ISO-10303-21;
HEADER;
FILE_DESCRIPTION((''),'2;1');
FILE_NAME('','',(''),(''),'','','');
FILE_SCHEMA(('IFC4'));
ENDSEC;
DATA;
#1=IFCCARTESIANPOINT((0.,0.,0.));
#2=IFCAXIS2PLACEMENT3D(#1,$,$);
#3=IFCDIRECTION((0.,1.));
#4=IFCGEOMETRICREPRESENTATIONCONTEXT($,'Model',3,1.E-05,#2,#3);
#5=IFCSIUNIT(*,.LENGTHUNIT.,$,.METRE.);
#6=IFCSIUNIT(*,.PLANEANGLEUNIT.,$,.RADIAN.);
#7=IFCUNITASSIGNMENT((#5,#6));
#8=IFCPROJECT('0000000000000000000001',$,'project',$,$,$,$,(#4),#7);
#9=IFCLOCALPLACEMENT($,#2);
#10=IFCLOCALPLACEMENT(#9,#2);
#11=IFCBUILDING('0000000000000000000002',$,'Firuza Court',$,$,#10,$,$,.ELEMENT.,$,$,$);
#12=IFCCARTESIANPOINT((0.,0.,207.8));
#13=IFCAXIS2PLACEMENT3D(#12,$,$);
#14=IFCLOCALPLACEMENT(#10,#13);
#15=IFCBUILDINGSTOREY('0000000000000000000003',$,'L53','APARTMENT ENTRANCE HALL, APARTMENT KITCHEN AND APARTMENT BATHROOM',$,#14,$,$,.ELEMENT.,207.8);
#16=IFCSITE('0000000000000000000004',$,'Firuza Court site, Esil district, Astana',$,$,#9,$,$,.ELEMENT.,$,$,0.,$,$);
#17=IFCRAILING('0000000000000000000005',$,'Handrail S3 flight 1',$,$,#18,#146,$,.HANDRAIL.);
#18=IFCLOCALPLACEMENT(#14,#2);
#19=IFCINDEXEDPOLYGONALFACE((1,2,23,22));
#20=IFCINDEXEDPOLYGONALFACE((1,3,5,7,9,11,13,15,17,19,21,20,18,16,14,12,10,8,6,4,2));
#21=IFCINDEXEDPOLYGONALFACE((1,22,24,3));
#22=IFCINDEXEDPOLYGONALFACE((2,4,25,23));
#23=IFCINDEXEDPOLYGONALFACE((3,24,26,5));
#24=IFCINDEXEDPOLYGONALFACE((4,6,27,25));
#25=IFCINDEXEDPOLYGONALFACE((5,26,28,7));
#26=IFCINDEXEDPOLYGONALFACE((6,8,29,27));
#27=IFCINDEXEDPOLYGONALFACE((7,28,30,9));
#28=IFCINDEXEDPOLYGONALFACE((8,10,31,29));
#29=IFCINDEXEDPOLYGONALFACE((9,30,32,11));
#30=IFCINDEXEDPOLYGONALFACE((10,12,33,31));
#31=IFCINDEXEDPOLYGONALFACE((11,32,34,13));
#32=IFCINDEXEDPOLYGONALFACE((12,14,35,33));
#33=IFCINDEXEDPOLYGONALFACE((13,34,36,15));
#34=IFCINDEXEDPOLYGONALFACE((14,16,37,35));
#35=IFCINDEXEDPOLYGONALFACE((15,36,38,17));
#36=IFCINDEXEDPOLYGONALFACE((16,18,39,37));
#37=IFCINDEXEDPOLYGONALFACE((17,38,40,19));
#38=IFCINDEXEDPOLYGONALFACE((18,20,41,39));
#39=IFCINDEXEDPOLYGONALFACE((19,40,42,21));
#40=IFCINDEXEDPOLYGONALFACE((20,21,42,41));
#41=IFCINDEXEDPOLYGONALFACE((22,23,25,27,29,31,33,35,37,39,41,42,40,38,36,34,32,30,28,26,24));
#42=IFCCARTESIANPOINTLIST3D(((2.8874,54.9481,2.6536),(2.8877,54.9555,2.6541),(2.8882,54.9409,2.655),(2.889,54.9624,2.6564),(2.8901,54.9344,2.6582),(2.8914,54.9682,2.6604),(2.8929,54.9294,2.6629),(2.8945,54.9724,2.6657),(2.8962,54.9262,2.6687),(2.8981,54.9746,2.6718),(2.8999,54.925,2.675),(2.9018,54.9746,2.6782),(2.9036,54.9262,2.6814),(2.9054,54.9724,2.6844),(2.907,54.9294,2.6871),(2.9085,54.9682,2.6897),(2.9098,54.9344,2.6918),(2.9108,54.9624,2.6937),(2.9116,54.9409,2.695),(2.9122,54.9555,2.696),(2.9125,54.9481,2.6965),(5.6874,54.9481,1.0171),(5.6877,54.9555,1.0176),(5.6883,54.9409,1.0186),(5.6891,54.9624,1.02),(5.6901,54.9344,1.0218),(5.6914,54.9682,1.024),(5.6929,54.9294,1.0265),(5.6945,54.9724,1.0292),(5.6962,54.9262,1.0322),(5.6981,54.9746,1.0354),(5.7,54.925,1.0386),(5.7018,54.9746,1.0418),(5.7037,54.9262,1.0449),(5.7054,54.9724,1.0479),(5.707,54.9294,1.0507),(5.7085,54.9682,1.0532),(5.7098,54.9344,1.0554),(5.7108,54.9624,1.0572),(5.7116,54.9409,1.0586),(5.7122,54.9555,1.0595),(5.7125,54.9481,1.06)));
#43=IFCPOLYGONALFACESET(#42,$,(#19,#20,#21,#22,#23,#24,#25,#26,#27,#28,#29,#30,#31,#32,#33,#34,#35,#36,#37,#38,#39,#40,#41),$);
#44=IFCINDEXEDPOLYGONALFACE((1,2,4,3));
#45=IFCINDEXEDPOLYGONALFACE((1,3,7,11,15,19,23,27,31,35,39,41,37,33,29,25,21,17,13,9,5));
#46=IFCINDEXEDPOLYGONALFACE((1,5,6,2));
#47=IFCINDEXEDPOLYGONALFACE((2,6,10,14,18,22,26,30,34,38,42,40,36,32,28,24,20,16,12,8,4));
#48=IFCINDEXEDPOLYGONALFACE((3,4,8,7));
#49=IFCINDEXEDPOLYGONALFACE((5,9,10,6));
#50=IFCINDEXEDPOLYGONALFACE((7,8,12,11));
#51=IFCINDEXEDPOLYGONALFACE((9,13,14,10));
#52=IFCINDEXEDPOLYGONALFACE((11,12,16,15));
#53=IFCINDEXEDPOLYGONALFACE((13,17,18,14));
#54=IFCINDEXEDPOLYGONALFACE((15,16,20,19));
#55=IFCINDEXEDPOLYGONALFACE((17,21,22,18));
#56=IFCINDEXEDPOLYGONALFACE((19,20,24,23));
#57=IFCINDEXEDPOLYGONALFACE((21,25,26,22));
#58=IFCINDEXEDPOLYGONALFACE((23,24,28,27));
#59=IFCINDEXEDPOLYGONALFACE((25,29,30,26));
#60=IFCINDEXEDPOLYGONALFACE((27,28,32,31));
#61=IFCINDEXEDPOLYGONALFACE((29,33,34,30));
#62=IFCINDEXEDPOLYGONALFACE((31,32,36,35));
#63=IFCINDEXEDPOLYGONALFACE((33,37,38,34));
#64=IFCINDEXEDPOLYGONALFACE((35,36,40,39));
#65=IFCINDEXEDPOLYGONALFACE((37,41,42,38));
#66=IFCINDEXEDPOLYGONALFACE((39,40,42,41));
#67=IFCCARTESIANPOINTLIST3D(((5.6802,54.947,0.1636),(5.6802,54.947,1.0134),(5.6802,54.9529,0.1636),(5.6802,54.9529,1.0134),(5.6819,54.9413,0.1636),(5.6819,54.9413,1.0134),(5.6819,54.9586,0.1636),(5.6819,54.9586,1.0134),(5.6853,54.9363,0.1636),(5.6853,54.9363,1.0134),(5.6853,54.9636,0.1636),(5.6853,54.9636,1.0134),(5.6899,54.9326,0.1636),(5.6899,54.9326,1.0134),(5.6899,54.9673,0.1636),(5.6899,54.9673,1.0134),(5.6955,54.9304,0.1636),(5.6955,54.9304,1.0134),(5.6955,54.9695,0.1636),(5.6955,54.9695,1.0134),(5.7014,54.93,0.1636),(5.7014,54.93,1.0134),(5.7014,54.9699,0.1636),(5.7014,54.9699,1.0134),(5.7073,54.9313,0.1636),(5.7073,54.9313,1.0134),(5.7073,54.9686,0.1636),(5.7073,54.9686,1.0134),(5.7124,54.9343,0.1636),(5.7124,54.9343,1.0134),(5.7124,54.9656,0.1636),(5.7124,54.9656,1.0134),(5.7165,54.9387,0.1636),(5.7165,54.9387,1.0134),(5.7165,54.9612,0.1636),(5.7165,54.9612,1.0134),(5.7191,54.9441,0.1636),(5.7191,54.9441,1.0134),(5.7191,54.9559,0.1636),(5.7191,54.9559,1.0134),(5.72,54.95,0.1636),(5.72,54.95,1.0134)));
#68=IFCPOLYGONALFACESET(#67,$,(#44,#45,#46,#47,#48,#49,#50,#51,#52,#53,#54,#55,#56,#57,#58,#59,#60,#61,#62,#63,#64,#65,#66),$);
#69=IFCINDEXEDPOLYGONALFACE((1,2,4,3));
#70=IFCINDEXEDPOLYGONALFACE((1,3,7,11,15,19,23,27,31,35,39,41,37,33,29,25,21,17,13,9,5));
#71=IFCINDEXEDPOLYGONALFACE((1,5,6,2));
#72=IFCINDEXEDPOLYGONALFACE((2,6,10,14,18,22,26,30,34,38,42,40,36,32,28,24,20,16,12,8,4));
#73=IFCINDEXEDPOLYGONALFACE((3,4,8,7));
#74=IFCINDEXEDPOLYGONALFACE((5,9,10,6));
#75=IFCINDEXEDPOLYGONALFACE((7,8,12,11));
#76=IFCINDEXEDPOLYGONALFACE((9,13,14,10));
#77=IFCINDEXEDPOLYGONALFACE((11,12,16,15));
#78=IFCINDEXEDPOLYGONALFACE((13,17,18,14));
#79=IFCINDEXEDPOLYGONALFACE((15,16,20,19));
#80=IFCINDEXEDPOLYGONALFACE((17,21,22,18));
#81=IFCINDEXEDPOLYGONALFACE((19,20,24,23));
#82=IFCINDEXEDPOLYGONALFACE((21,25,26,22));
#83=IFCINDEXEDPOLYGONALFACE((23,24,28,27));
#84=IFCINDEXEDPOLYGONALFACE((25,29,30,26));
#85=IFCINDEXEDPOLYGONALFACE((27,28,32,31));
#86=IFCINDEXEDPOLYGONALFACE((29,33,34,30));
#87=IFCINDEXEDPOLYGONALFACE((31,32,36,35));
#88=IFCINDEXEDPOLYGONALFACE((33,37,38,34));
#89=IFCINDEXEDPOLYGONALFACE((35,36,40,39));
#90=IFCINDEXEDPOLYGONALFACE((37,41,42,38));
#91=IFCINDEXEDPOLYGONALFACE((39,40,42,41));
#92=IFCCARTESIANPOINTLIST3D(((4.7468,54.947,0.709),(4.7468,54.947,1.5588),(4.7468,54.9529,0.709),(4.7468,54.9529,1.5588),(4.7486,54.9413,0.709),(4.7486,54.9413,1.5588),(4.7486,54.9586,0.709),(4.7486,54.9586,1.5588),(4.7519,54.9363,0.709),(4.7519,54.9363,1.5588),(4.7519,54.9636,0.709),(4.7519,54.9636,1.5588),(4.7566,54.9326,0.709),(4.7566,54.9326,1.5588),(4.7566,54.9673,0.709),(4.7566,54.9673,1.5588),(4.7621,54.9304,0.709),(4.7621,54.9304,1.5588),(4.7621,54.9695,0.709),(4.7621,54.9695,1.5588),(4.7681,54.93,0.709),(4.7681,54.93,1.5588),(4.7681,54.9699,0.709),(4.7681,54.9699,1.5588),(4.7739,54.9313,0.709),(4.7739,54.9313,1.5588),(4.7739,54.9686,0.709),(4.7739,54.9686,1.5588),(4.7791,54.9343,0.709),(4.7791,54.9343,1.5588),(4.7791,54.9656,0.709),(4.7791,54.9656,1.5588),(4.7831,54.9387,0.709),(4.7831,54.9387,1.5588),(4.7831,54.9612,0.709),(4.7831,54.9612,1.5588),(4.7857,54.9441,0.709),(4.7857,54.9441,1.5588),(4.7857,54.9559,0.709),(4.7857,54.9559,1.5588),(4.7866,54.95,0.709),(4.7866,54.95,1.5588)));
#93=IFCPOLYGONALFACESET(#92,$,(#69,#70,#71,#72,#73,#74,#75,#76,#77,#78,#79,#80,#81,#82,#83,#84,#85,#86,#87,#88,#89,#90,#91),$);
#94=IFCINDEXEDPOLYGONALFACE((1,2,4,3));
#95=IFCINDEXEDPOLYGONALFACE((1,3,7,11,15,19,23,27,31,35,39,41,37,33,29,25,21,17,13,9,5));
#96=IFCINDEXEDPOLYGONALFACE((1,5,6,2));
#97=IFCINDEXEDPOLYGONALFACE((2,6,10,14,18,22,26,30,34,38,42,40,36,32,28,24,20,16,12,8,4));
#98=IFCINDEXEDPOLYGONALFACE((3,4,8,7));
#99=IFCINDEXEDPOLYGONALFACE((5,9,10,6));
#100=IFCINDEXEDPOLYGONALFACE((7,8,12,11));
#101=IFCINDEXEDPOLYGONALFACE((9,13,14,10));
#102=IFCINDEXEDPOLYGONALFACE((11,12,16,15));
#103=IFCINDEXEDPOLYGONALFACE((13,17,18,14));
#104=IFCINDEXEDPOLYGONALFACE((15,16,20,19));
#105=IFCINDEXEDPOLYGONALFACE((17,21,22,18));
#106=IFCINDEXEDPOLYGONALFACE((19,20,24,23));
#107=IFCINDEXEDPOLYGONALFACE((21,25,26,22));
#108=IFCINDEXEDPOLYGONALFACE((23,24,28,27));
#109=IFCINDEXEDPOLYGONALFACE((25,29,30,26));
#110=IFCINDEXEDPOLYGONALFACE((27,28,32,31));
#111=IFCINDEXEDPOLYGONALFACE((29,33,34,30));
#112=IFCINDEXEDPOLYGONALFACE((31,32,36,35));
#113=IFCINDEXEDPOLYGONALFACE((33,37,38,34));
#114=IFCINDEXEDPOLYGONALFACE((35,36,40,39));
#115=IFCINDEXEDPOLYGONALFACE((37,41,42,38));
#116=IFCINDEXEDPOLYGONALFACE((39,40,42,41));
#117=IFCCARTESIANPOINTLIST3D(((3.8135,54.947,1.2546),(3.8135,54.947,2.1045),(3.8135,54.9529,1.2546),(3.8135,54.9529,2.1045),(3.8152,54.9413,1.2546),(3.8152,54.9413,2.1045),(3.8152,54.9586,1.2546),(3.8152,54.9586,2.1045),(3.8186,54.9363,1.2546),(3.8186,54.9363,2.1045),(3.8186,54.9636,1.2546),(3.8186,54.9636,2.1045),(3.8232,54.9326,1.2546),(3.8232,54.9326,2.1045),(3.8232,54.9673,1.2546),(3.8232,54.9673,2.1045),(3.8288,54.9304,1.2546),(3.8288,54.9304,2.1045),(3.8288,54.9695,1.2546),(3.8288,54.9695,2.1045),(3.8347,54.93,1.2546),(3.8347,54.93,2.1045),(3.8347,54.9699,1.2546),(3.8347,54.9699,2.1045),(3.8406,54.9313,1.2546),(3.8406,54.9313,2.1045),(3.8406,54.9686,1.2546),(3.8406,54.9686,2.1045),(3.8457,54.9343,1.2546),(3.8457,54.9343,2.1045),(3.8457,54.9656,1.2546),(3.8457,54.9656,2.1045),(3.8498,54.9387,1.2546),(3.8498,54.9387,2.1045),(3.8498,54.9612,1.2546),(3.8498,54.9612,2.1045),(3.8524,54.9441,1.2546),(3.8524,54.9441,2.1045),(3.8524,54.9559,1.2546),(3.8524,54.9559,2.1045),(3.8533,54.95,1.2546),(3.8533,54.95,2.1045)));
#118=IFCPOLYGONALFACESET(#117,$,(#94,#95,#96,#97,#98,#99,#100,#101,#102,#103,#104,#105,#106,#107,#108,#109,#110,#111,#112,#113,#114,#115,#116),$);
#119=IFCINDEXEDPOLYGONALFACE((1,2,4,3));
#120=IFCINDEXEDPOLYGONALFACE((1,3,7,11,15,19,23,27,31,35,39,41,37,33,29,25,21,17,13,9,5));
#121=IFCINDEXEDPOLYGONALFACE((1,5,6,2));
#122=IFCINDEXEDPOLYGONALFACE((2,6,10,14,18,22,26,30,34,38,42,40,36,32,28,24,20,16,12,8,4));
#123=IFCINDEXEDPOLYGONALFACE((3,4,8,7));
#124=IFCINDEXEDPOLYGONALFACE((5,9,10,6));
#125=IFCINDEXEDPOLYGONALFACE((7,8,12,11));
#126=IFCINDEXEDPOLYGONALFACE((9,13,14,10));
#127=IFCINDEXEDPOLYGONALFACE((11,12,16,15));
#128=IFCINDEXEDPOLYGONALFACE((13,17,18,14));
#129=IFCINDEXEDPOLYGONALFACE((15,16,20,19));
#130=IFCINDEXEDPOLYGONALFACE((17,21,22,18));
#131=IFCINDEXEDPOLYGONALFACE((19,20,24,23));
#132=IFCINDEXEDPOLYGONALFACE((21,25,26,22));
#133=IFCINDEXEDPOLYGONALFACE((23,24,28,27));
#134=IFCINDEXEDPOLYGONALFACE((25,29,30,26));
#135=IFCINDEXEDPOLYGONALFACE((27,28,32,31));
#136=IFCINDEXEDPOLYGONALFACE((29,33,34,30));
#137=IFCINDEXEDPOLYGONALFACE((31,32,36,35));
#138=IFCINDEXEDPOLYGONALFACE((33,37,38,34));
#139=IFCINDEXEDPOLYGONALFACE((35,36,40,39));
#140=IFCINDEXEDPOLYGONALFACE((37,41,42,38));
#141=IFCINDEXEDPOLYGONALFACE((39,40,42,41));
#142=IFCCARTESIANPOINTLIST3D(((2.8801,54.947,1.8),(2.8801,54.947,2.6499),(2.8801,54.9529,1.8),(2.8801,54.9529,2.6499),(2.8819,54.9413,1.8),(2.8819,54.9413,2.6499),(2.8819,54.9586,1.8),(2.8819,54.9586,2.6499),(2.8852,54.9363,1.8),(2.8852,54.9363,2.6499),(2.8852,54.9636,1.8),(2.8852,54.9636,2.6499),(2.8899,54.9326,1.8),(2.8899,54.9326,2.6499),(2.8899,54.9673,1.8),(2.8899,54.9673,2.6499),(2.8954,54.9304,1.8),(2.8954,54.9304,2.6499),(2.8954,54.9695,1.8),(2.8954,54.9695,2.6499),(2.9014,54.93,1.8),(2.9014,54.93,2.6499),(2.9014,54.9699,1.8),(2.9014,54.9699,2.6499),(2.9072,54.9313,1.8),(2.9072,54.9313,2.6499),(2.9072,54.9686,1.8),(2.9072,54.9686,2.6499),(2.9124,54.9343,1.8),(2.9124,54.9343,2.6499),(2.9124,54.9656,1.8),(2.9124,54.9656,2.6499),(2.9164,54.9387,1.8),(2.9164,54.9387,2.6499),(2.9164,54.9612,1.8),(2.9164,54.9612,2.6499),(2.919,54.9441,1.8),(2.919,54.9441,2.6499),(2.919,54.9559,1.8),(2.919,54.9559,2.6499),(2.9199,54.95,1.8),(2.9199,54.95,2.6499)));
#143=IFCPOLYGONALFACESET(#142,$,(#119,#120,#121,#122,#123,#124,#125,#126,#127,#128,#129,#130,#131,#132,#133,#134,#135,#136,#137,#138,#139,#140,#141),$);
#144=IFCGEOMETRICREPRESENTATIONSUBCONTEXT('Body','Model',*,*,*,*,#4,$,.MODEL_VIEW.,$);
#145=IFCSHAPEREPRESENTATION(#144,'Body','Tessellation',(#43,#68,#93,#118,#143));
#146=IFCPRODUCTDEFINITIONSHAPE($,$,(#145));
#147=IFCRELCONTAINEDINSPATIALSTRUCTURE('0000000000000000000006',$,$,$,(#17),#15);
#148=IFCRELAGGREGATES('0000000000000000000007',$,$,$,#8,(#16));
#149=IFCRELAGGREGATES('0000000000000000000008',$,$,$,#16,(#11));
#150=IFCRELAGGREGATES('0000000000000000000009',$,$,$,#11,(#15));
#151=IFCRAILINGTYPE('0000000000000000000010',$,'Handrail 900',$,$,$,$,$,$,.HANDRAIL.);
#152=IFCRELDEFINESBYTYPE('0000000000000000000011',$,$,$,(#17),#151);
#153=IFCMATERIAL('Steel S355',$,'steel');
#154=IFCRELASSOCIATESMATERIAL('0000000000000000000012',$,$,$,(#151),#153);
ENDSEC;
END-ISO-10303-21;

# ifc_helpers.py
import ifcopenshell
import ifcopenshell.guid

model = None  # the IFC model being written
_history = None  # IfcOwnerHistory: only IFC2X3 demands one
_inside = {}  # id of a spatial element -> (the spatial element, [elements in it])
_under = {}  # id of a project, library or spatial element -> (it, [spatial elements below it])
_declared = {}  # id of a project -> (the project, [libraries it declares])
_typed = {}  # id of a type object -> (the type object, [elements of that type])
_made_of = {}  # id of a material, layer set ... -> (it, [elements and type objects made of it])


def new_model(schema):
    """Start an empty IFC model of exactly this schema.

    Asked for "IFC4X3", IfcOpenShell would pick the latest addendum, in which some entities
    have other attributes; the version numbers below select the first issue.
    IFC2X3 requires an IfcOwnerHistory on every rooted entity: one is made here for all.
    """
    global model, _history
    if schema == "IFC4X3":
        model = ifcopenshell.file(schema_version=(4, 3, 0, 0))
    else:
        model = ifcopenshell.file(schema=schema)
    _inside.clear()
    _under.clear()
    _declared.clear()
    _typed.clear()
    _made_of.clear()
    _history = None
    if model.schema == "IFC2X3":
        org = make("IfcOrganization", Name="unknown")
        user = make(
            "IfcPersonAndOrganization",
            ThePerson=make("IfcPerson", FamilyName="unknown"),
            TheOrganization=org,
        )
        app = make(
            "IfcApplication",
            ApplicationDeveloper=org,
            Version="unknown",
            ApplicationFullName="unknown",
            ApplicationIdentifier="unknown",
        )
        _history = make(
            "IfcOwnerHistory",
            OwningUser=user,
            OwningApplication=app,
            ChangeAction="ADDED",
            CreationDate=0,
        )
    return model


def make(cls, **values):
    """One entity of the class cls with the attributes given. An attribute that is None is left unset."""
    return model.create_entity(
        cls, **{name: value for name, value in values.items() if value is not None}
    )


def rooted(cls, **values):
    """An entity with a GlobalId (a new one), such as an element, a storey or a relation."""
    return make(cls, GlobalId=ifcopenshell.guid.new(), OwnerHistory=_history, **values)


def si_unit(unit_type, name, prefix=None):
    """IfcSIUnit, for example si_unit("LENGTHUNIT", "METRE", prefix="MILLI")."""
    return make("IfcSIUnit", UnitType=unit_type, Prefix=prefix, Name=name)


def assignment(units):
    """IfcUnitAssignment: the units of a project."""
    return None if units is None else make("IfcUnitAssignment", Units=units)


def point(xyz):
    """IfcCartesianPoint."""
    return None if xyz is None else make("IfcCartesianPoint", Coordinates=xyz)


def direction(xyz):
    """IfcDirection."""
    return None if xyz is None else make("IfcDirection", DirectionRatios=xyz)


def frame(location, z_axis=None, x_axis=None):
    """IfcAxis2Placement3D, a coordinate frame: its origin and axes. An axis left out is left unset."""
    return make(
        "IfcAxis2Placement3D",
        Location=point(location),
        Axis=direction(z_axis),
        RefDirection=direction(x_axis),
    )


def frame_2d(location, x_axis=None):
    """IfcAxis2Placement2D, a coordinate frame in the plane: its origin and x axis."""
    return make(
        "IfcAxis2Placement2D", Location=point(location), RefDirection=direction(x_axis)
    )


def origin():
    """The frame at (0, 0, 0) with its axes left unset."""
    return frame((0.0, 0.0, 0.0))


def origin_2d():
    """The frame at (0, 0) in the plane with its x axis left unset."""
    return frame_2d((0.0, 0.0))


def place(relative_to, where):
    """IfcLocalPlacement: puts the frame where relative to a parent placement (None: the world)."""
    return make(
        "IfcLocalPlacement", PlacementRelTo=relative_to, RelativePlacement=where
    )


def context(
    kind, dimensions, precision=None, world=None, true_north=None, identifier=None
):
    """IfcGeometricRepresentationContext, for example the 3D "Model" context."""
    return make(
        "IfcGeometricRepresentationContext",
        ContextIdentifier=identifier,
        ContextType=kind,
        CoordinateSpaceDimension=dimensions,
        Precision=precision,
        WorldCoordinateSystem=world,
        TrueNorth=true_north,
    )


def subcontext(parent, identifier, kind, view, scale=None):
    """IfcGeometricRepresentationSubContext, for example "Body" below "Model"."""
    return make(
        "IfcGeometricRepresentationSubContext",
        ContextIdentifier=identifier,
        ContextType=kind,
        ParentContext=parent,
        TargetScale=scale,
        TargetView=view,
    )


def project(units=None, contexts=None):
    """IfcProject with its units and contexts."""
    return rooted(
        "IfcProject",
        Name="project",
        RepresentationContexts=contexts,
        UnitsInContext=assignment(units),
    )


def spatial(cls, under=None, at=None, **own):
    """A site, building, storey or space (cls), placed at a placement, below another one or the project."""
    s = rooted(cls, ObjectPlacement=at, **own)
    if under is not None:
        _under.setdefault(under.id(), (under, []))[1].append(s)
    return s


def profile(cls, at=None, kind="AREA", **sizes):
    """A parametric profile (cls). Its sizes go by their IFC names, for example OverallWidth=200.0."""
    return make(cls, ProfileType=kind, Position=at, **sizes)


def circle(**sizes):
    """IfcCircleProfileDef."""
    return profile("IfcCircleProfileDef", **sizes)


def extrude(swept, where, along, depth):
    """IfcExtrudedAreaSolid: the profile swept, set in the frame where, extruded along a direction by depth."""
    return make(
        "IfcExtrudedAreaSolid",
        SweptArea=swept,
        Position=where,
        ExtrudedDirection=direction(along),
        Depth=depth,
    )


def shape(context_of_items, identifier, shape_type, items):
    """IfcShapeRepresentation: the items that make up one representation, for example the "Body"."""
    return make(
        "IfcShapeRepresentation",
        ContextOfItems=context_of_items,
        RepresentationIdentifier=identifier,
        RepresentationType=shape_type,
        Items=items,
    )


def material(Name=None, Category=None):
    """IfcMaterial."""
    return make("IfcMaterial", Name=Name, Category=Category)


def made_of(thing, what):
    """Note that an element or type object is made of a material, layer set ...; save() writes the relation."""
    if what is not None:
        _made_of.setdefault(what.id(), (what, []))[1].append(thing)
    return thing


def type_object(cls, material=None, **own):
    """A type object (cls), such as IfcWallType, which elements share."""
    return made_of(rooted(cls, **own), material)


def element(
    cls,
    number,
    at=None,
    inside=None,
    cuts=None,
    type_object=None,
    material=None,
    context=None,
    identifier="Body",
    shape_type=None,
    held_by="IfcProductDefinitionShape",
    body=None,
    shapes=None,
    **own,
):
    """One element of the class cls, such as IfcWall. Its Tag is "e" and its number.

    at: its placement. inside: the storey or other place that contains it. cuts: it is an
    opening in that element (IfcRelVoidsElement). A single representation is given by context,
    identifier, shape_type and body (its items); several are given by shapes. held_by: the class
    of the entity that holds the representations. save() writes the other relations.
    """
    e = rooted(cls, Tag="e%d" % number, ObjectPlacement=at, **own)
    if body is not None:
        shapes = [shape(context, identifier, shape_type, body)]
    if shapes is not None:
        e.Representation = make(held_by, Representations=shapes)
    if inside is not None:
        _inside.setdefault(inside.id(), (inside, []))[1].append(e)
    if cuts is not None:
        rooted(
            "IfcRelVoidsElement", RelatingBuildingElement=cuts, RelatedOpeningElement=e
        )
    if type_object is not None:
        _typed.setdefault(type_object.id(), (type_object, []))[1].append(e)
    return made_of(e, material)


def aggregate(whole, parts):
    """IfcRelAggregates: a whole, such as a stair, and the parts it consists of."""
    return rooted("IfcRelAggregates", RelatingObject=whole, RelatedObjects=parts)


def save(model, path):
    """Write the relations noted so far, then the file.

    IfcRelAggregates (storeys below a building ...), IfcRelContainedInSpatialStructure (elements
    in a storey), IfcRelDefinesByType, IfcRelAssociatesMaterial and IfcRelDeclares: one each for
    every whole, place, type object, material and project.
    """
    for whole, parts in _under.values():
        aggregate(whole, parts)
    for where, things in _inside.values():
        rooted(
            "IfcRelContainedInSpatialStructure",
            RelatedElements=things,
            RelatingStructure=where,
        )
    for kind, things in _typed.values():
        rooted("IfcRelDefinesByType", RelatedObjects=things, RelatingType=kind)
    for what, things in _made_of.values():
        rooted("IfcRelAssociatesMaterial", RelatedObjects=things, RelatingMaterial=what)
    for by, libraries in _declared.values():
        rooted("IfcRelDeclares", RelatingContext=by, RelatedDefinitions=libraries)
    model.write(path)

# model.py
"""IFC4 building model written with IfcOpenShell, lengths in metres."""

from ifc_helpers import new_model, si_unit, direction, frame, origin, origin_2d, place, context, subcontext, project, spatial, circle, extrude, material, type_object, element, save


model = new_model("IFC4")

# Units and contexts
model_context = context("Model", 3, precision=1e-05, world=origin(), true_north=direction((0.0, 1.0)))
body_context = subcontext(model_context, "Body", "Model", "MODEL_VIEW")
ifc_project = project(units=[si_unit("LENGTHUNIT", "METRE"), si_unit("PLANEANGLEUNIT", "RADIAN")], contexts=[model_context])

# Site, building, storey
site_placement = place(None, origin())
site = spatial("IfcSite", under=ifc_project, at=site_placement, Name="Firuza Court site, Esil district, Astana", CompositionType="ELEMENT", RefElevation=0.0)
building_placement = place(site_placement, origin())
building = spatial("IfcBuilding", under=site, at=building_placement, Name="Firuza Court", CompositionType="ELEMENT")
storey_placement = place(building_placement, frame((0.0, 0.0, 207.8)))
storey = spatial("IfcBuildingStorey", under=building, at=storey_placement, Name="L53", Description="APARTMENT ENTRANCE HALL, APARTMENT KITCHEN AND APARTMENT BATHROOM", CompositionType="ELEMENT", Elevation=207.8)

# Railing
ifc_material_1 = material(Name="Steel S355", Category="steel")
railing_type_1 = type_object("IfcRailingType", Name="Handrail 900", PredefinedType="HANDRAIL", material=ifc_material_1)
railing_1_placement = place(storey_placement, frame((5.7, 54.95, 0.1636)))
element("IfcRailing", 1, at=railing_1_placement, inside=storey, type_object=railing_type_1, Name="Handrail S3 flight 1", PredefinedType="HANDRAIL", context=body_context, shape_type="SweptSolid", body=[
    extrude(circle(Radius=0.0249, at=origin_2d()), frame((0.0, 0.0, 0.875), z_axis=(-0.863361, 0.0, 0.504587), x_axis=(0.0, -1.0, 0.0)), (0.0, 0.0, 1.0), 3.2432),
    extrude(circle(Radius=0.02, at=origin_2d()), origin(), (0.0, 0.0, 1.0), 0.8499),
    extrude(circle(Radius=0.02, at=origin_2d()), frame((-0.9333, 0.0, 0.5454)), (0.0, 0.0, 1.0), 0.8499),
    extrude(circle(Radius=0.02, at=origin_2d()), frame((-1.8667, 0.0, 1.0911)), (0.0, 0.0, 1.0), 0.8499),
    extrude(circle(Radius=0.02, at=origin_2d()), frame((-2.8, 0.0, 1.6365)), (0.0, 0.0, 1.0), 0.8499),
])

save(model, "model.ifc")
